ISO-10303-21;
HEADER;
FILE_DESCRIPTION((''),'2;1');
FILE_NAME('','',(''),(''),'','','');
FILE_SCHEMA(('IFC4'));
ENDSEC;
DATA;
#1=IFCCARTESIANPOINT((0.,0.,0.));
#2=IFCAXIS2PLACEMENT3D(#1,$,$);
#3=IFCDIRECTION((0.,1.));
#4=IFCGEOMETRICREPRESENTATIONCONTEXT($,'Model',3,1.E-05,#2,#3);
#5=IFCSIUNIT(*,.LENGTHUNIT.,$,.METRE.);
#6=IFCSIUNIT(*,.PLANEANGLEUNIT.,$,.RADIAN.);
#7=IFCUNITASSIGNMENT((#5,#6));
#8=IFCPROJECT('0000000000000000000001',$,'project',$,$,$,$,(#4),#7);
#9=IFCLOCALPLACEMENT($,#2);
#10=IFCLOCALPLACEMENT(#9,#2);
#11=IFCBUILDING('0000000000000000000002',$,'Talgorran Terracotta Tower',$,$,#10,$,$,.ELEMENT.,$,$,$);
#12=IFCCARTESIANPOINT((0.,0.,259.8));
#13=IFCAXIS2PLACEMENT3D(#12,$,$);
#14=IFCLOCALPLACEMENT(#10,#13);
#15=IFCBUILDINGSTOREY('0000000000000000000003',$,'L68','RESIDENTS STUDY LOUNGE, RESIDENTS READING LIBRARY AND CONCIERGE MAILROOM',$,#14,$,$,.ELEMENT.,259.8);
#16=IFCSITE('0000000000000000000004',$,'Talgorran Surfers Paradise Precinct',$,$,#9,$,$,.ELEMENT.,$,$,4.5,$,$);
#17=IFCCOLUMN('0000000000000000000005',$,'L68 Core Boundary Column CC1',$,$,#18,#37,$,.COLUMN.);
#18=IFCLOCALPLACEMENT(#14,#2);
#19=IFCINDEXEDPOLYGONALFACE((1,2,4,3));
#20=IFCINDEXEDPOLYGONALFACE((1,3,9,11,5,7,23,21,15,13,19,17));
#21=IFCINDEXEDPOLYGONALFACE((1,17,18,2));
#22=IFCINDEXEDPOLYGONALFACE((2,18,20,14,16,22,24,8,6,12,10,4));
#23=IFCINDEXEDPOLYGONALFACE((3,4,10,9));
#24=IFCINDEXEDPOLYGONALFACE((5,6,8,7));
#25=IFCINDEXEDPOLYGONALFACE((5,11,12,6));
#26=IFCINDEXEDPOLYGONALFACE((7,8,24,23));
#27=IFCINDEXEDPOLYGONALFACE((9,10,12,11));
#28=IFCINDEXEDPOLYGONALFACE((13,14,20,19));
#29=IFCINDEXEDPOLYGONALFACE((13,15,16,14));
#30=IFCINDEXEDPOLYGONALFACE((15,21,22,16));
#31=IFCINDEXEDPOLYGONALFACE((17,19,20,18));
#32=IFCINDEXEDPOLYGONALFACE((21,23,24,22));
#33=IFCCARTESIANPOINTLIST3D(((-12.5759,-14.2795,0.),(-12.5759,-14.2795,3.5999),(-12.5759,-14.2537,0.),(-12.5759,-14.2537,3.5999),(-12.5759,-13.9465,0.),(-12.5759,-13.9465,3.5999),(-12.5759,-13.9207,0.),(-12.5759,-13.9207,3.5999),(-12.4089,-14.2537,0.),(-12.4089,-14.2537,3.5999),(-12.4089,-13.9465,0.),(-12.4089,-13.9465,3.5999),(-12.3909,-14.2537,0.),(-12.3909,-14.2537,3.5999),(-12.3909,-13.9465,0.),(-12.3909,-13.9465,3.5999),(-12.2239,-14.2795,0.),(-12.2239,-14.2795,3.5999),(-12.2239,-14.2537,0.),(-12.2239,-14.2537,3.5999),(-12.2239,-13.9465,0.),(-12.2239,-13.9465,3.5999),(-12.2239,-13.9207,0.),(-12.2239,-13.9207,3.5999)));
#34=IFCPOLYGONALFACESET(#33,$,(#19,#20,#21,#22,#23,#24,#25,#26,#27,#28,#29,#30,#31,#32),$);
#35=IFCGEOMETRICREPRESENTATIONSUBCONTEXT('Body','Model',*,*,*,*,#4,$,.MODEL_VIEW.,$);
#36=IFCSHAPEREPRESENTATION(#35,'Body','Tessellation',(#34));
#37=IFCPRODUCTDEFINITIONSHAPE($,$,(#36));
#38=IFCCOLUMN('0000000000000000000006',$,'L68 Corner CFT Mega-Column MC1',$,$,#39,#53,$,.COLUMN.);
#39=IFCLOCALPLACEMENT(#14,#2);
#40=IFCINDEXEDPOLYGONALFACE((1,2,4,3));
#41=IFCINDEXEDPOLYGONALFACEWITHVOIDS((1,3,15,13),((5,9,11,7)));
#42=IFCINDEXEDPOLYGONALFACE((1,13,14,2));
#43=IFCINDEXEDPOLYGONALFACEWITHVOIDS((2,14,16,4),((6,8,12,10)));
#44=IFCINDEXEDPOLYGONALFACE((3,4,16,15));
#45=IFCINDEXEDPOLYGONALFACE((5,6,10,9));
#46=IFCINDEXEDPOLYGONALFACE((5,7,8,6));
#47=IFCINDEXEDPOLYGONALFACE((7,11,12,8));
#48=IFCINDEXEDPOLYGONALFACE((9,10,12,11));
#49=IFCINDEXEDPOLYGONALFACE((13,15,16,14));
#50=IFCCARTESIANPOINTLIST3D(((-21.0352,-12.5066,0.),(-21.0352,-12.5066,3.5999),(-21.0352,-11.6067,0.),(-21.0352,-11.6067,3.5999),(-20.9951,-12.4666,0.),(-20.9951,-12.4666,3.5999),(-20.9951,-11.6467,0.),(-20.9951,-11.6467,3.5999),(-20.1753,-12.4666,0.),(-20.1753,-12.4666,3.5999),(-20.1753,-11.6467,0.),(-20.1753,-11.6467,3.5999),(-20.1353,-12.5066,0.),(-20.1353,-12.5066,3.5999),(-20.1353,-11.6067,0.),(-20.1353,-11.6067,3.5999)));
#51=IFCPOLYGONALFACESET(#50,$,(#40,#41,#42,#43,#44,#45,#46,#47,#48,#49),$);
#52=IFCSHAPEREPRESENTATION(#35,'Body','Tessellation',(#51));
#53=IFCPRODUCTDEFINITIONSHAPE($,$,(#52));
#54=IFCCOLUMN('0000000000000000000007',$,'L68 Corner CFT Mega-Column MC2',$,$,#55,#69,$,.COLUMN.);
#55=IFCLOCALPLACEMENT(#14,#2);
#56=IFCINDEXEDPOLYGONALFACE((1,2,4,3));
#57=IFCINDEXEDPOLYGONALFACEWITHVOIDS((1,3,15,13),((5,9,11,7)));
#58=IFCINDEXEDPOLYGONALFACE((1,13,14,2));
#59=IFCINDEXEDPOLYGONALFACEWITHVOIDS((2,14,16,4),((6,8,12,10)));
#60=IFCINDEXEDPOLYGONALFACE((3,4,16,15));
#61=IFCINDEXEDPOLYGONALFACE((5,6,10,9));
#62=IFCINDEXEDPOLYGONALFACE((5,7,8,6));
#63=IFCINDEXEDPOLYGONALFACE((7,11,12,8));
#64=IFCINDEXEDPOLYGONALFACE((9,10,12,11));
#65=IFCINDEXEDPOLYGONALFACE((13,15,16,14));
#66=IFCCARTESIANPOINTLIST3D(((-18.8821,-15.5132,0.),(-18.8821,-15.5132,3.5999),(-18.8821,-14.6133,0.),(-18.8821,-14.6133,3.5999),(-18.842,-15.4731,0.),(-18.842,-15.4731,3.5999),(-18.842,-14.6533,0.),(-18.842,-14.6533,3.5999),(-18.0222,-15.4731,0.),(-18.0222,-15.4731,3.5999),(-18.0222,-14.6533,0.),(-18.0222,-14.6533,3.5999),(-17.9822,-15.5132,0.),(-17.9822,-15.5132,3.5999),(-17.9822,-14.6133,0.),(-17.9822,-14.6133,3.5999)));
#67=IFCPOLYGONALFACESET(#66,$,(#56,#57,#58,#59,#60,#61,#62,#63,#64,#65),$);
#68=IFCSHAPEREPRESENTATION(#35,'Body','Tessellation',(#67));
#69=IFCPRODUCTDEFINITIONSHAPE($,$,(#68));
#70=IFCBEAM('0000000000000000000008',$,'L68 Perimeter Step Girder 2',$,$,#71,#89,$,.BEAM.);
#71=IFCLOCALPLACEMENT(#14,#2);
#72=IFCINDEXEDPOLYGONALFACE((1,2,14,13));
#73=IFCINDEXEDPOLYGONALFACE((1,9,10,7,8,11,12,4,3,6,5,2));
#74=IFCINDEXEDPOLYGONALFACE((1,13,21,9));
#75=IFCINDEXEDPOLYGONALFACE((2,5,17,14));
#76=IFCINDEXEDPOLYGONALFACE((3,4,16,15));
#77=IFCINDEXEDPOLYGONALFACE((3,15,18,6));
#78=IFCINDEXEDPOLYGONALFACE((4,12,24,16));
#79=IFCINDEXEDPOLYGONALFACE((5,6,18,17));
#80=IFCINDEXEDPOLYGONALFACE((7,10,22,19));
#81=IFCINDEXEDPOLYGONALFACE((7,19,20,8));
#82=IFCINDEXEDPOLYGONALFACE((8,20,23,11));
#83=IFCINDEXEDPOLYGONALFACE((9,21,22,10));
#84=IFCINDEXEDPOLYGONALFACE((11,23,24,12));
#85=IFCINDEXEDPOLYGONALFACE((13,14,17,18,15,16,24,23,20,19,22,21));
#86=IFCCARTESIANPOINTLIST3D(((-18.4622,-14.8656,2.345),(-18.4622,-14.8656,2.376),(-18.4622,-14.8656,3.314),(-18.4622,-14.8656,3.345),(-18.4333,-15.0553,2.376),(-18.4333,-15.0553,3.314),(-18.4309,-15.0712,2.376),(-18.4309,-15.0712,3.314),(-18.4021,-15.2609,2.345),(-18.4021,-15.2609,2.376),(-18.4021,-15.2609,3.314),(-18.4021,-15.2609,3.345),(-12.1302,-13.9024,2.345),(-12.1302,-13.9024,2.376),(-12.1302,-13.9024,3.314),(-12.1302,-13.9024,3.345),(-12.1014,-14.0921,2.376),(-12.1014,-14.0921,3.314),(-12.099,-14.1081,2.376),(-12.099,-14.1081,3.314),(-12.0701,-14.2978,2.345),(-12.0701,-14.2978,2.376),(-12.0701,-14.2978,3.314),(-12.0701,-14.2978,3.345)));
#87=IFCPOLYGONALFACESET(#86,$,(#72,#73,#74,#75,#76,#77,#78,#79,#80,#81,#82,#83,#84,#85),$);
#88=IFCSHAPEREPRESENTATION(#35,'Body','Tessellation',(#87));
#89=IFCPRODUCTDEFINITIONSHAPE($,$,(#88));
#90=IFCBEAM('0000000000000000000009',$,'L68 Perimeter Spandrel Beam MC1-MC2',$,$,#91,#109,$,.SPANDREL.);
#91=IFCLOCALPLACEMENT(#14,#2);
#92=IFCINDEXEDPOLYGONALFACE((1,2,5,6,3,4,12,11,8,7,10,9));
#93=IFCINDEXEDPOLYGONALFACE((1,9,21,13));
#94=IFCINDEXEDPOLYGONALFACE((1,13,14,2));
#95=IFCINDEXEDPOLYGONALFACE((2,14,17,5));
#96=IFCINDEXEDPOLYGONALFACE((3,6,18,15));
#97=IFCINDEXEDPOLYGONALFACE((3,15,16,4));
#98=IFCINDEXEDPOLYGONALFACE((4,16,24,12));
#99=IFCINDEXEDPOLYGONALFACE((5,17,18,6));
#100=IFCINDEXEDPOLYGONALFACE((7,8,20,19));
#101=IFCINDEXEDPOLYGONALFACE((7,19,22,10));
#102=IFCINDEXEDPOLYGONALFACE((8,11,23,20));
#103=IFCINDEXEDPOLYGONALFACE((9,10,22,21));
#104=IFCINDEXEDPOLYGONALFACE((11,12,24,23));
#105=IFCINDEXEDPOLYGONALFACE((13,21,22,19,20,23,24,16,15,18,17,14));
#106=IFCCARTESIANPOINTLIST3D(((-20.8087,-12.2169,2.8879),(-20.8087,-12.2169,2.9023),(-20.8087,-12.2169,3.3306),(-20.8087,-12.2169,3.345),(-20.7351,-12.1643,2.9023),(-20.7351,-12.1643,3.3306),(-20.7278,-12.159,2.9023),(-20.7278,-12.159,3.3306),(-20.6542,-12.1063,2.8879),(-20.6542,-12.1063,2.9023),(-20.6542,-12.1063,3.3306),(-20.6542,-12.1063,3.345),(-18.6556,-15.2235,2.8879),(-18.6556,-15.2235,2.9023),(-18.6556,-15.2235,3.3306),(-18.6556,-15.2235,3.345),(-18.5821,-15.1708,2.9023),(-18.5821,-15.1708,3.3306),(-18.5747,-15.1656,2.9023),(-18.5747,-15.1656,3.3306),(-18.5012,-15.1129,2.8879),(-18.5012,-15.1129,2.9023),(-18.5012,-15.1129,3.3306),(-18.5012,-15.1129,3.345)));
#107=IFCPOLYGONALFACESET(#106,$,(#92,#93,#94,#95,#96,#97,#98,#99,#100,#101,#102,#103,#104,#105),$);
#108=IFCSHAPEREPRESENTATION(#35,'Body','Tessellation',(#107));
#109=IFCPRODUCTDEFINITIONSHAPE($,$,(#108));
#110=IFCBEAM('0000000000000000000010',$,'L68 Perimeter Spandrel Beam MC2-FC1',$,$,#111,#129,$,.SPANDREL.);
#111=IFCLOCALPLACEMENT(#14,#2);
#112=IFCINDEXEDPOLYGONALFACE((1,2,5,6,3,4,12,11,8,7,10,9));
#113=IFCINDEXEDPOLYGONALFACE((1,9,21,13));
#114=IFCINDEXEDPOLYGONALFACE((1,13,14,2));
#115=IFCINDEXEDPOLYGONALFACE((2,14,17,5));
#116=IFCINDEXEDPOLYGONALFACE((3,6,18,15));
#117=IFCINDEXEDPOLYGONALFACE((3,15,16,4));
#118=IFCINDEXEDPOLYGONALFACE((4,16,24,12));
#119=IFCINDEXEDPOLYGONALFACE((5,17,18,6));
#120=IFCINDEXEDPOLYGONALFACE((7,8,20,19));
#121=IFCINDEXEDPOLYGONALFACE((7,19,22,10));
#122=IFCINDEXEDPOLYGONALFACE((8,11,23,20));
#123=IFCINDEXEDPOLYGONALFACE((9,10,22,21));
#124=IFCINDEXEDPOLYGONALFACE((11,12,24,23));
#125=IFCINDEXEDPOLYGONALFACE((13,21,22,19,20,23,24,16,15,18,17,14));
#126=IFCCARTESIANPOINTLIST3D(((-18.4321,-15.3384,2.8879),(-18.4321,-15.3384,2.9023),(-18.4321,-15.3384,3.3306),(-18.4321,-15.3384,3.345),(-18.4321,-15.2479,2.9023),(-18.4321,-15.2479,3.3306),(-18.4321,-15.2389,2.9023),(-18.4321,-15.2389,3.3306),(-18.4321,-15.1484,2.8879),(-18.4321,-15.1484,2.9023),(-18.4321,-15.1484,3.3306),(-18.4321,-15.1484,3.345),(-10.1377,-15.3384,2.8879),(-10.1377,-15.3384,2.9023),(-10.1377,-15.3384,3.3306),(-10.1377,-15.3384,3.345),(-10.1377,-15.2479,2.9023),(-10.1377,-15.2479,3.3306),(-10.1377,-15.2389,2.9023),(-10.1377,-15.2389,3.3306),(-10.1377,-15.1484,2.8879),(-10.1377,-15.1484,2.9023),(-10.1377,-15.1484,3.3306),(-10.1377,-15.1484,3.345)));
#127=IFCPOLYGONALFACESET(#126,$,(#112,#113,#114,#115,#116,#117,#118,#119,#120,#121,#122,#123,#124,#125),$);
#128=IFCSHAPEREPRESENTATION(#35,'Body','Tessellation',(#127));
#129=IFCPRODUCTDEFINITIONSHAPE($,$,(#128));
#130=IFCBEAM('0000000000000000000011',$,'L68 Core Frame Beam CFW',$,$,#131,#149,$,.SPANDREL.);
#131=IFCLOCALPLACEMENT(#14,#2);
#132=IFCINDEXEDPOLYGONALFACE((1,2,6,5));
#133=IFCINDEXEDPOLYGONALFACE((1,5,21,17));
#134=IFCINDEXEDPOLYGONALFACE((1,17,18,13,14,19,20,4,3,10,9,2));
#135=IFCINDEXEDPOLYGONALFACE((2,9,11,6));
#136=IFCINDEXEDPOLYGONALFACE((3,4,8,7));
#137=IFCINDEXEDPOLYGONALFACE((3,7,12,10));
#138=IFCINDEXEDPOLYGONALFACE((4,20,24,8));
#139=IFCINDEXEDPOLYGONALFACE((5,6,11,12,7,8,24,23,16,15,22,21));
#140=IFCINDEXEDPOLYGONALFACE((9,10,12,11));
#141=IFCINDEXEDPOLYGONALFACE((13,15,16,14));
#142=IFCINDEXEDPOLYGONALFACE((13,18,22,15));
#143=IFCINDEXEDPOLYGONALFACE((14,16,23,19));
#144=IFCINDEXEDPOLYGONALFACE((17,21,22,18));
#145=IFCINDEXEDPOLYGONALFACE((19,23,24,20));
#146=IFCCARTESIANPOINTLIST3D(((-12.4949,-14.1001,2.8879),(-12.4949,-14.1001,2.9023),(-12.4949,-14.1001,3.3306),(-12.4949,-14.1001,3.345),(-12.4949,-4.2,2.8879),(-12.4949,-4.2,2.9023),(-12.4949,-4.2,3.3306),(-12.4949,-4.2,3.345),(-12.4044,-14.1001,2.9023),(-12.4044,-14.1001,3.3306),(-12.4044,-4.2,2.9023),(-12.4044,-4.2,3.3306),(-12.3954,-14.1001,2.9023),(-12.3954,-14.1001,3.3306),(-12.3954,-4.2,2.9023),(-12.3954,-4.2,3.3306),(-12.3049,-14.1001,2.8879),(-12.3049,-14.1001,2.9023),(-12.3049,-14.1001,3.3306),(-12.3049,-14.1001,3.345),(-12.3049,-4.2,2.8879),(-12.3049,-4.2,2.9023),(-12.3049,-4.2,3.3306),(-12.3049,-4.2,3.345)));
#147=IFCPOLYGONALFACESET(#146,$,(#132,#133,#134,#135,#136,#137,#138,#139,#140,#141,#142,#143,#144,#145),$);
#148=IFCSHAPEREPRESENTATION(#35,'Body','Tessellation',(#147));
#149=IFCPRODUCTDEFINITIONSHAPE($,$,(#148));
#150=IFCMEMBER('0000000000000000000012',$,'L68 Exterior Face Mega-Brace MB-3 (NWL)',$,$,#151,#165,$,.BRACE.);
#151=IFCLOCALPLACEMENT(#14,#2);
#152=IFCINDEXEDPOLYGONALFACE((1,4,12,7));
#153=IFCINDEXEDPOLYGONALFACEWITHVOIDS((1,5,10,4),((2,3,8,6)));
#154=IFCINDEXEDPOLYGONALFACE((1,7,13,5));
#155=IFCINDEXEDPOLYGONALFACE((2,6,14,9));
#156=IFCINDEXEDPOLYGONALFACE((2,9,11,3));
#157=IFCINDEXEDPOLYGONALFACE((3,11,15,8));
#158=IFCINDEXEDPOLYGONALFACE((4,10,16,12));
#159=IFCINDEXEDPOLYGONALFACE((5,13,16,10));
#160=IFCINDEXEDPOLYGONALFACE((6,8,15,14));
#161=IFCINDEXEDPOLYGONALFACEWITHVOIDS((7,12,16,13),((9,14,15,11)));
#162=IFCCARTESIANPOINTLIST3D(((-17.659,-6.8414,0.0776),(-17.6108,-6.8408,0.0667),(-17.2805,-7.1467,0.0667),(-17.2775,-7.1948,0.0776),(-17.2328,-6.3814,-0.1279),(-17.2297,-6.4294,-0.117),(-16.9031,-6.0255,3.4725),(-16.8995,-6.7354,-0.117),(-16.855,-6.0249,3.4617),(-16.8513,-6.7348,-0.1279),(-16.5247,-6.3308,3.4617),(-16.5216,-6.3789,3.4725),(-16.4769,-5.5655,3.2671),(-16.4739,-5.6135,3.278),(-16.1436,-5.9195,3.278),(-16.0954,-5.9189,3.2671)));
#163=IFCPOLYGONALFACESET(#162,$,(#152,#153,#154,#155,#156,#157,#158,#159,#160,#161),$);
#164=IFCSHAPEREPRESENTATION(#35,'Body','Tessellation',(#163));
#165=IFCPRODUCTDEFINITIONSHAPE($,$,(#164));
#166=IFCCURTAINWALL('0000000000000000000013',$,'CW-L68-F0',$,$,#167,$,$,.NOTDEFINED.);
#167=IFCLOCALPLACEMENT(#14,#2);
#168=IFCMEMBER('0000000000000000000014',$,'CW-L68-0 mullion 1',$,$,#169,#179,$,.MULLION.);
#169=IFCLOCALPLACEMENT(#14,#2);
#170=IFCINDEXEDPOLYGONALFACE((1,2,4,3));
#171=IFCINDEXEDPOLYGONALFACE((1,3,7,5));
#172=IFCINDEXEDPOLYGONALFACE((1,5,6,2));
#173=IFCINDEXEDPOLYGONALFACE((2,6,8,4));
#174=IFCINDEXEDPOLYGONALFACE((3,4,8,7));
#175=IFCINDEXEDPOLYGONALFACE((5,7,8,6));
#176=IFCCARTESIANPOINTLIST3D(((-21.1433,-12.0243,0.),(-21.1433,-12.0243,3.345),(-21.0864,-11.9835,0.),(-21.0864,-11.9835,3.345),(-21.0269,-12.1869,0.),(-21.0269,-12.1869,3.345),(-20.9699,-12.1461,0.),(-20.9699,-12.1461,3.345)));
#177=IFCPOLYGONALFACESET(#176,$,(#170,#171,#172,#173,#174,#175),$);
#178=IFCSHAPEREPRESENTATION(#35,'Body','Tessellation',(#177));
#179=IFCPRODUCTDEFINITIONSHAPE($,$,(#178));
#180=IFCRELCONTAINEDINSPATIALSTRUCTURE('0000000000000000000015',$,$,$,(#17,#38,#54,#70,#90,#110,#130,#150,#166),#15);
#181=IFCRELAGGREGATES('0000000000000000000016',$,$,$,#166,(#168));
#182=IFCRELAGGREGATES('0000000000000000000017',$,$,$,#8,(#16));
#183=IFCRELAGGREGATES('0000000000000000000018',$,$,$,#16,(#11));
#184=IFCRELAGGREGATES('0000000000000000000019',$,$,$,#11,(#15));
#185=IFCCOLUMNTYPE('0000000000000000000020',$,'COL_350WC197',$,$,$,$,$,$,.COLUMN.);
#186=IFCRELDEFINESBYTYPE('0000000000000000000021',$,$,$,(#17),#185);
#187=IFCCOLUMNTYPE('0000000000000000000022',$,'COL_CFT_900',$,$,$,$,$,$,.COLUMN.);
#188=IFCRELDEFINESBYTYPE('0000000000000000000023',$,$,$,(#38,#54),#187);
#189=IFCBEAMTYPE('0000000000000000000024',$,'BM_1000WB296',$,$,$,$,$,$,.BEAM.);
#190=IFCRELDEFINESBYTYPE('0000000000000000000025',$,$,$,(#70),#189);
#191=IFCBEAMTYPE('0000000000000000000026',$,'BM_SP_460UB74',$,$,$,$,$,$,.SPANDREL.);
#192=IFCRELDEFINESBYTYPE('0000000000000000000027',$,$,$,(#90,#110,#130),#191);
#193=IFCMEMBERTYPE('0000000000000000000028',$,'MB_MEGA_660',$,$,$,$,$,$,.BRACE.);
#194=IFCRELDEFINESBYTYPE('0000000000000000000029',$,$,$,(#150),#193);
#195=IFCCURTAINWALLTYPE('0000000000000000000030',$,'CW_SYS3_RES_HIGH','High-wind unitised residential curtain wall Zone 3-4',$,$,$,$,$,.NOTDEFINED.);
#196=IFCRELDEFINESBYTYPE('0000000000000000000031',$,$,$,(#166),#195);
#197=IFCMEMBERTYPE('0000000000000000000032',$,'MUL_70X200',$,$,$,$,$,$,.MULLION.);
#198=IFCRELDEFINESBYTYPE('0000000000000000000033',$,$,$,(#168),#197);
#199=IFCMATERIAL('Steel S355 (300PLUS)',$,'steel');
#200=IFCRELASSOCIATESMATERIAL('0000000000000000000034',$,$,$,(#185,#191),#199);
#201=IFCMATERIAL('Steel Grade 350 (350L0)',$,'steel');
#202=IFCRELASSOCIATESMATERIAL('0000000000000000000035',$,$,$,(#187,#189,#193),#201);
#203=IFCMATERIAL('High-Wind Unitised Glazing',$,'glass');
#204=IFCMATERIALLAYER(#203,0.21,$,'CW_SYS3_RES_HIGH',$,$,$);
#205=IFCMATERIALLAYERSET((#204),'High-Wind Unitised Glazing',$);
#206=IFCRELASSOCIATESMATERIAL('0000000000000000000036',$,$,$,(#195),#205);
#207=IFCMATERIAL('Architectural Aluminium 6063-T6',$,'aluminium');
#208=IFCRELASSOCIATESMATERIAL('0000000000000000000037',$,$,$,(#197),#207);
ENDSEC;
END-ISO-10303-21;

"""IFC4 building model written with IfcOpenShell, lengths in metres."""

from ifc_helpers import new_model, si_unit, direction, frame, origin, origin_2d, place, context, subcontext, project, spatial, rectangle, hollow_rectangle, i_section, extrude, material, layer, layer_set, material_profile, profile_set, type_object, element, aggregate, save


model = new_model("IFC4")

# Units and contexts
model_context = context("Model", 3, precision=1e-05, world=origin(), true_north=direction((0.0, 1.0)))
body_context = subcontext(model_context, "Body", "Model", "MODEL_VIEW")
ifc_project = project(units=[si_unit("LENGTHUNIT", "METRE"), si_unit("PLANEANGLEUNIT", "RADIAN")], contexts=[model_context])

# Site, building, storey
site_placement = place(None, origin())
site = spatial("IfcSite", under=ifc_project, at=site_placement, Name="Talgorran Surfers Paradise Precinct", CompositionType="ELEMENT", RefElevation=4.5)
building_placement = place(site_placement, origin())
building = spatial("IfcBuilding", under=site, at=building_placement, Name="Talgorran Terracotta Tower", CompositionType="ELEMENT")
storey_placement = place(building_placement, frame((0.0, 0.0, 259.8)))
storey = spatial("IfcBuildingStorey", under=building, at=storey_placement, Name="L68", Description="RESIDENTS STUDY LOUNGE, RESIDENTS READING LIBRARY AND CONCIERGE MAILROOM", CompositionType="ELEMENT", Elevation=259.8)

# Columns
ifc_material_1 = material(Name="Steel S355 (300PLUS)", Category="steel")
ifc_material_profile_1 = material_profile(ifc_material_1, i_section(OverallWidth=0.3521, OverallDepth=0.3589, WebThickness=0.0181, FlangeThickness=0.0259, at=origin_2d()), Name="350WC197")
ifc_profile_set_1 = profile_set([ifc_material_profile_1], Name="Steel S355 (300PLUS)")
column_type_1 = type_object("IfcColumnType", Name="COL_350WC197", PredefinedType="COLUMN", material=ifc_profile_set_1)
column_placement = place(storey_placement, frame((-12.3999, -14.1001, 0.0), z_axis=(0.0, 0.0, 1.0), x_axis=(1.0, 0.0, 0.0)))
element("IfcColumn", 1, at=column_placement, inside=storey, type_object=column_type_1, Name="L68 Core Boundary Column CC1", PredefinedType="COLUMN", context=body_context, shape_type="SweptSolid", body=[
    extrude(i_section(OverallWidth=0.3521, OverallDepth=0.3589, WebThickness=0.0181, FlangeThickness=0.0259, at=origin_2d()), origin(), (0.0, 0.0, 1.0), 3.5999),
])
ifc_material_2 = material(Name="Steel Grade 350 (350L0)", Category="steel")
ifc_material_profile_2 = material_profile(ifc_material_2, hollow_rectangle(XDim=0.8999, YDim=0.8999, WallThickness=0.04, at=origin_2d()), Name="CFT900X900X40")
ifc_profile_set_2 = profile_set([ifc_material_profile_2], Name="Steel Grade 350 (350L0)")
column_type_2 = type_object("IfcColumnType", Name="COL_CFT_900", PredefinedType="COLUMN", material=ifc_profile_set_2)
for number, where, z_axis, x_axis, name in (
    (2, (-20.5852, -12.0566, 0.0), (0.0, 0.0, 1.0), (1.0, 0.0, 0.0), "L68 Corner CFT Mega-Column MC1"),
    (3, (-18.4321, -15.0632, 0.0), (0.0, 0.0, 1.0), (1.0, 0.0, 0.0), "L68 Corner CFT Mega-Column MC2"),
):
    element("IfcColumn", number, at=place(storey_placement, frame(where, z_axis=z_axis, x_axis=x_axis)), inside=storey, type_object=column_type_2, Name=name, PredefinedType="COLUMN", context=body_context, shape_type="SweptSolid", body=[
        extrude(hollow_rectangle(XDim=0.8999, YDim=0.8999, WallThickness=0.04, at=origin_2d()), origin(), (0.0, 0.0, 1.0), 3.5999),
    ])

# Beams
ifc_material_profile_3 = material_profile(ifc_material_2, i_section(OverallWidth=0.3999, OverallDepth=1.0, WebThickness=0.0161, FlangeThickness=0.031, at=origin_2d()), Name="1000WB296")
ifc_profile_set_3 = profile_set([ifc_material_profile_3], Name="Steel Grade 350 (350L0)")
beam_type_1 = type_object("IfcBeamType", Name="BM_1000WB296", PredefinedType="BEAM", material=ifc_profile_set_3)
beam_1_placement = place(storey_placement, frame((-18.4321, -15.0632, 2.845), z_axis=(0.988629, 0.150376, 0.0), x_axis=(-0.150376, 0.988629, 0.0)))
element("IfcBeam", 4, at=beam_1_placement, inside=storey, type_object=beam_type_1, Name="L68 Perimeter Step Girder 2", PredefinedType="BEAM", context=body_context, shape_type="SweptSolid", body=[
    extrude(i_section(OverallWidth=0.3999, OverallDepth=1.0, WebThickness=0.0161, FlangeThickness=0.031, at=origin_2d()), origin(), (0.0, 0.0, 1.0), 6.4048),
])
ifc_material_profile_4 = material_profile(ifc_material_1, i_section(OverallWidth=0.1899, OverallDepth=0.457, WebThickness=0.009, FlangeThickness=0.0144, at=origin_2d()), Name="460UB74.6")
ifc_profile_set_4 = profile_set([ifc_material_profile_4], Name="Steel S355 (300PLUS)")
beam_type_2 = type_object("IfcBeamType", Name="BM_SP_460UB74", PredefinedType="SPANDREL", material=ifc_profile_set_4)
beam_2_placement = place(storey_placement, frame((-20.7314, -12.1616, 3.1165), z_axis=(0.582224, -0.813028, 0.0), x_axis=(0.813028, 0.582224, 0.0)))
element("IfcBeam", 5, at=beam_2_placement, inside=storey, type_object=beam_type_2, Name="L68 Perimeter Spandrel Beam MC1-MC2", PredefinedType="SPANDREL", context=body_context, shape_type="SweptSolid", body=[
    extrude(i_section(OverallWidth=0.1899, OverallDepth=0.457, WebThickness=0.009, FlangeThickness=0.0144, at=origin_2d()), origin(), (0.0, 0.0, 1.0), 3.698),
])
beam_3_placement = place(storey_placement, frame((-18.4321, -15.2434, 3.1165), z_axis=(1.0, 0.0, 0.0), x_axis=(0.0, 1.0, 0.0)))
element("IfcBeam", 6, at=beam_3_placement, inside=storey, type_object=beam_type_2, Name="L68 Perimeter Spandrel Beam MC2-FC1", PredefinedType="SPANDREL", context=body_context, shape_type="SweptSolid", body=[
    extrude(i_section(OverallWidth=0.1899, OverallDepth=0.457, WebThickness=0.009, FlangeThickness=0.0144, at=origin_2d()), origin(), (0.0, 0.0, 1.0), 8.2944),
])
beam_4_placement = place(storey_placement, frame((-12.3999, -14.1001, 3.1165), z_axis=(0.0, 1.0, 0.0), x_axis=(-1.0, 0.0, 0.0)))
element("IfcBeam", 7, at=beam_4_placement, inside=storey, type_object=beam_type_2, Name="L68 Core Frame Beam CFW", PredefinedType="SPANDREL", context=body_context, shape_type="SweptSolid", body=[
    extrude(i_section(OverallWidth=0.1899, OverallDepth=0.457, WebThickness=0.009, FlangeThickness=0.0144, at=origin_2d()), origin(), (0.0, 0.0, 1.0), 9.9001),
])

# Member
ifc_material_profile_5 = material_profile(ifc_material_2, hollow_rectangle(XDim=0.52, YDim=0.6599, WallThickness=0.0349, at=origin_2d()), Name="WBOX660X520X35")
ifc_profile_set_5 = profile_set([ifc_material_profile_5], Name="Steel Grade 350 (350L0)")
member_type_1 = type_object("IfcMemberType", Name="MB_MEGA_660", PredefinedType="BRACE", material=ifc_profile_set_5)
member_1_placement = place(storey_placement, frame((-17.2551, -6.7881, -0.0251), z_axis=(0.211573, 0.228385, 0.950304), x_axis=(-0.73359, 0.679592, 0.0)))
element("IfcMember", 8, at=member_1_placement, inside=storey, type_object=member_type_1, Name="L68 Exterior Face Mega-Brace MB-3 (NWL)", PredefinedType="BRACE", context=body_context, shape_type="SweptSolid", body=[
    extrude(hollow_rectangle(XDim=0.52, YDim=0.6599, WallThickness=0.0349, at=origin_2d()), origin(), (0.0, 0.0, 1.0), 3.5725),
])

# Curtain wall, member
ifc_material_3 = material(Name="High-Wind Unitised Glazing", Category="glass")
ifc_layer_1 = layer(ifc_material_3, 0.21, Name="CW_SYS3_RES_HIGH")
ifc_layer_set_1 = layer_set([ifc_layer_1], Name="High-Wind Unitised Glazing")
curtain_wall_type = type_object("IfcCurtainWallType", Name="CW_SYS3_RES_HIGH", Description="High-wind unitised residential curtain wall Zone 3-4", PredefinedType="NOTDEFINED", material=ifc_layer_set_1)
curtain_wall_1_placement = place(storey_placement, origin())
curtain_wall_1 = element("IfcCurtainWall", 9, at=curtain_wall_1_placement, inside=storey, type_object=curtain_wall_type, Name="CW-L68-F0", PredefinedType="NOTDEFINED")
ifc_material_4 = material(Name="Architectural Aluminium 6063-T6", Category="aluminium")
ifc_material_profile_6 = material_profile(ifc_material_4, rectangle(XDim=0.0701, YDim=0.2, at=origin_2d()), Name="CWM70X200")
ifc_profile_set_6 = profile_set([ifc_material_profile_6], Name="Architectural Aluminium 6063-T6")
member_type_2 = type_object("IfcMemberType", Name="MUL_70X200", PredefinedType="MULLION", material=ifc_profile_set_6)
member_2_placement = place(storey_placement, frame((-21.0566, -12.0852, 0.0), z_axis=(0.0, 0.0, 1.0), x_axis=(0.813031, 0.58222, 0.0)))
member_2 = element("IfcMember", 10, at=member_2_placement, type_object=member_type_2, Name="CW-L68-0 mullion 1", PredefinedType="MULLION", context=body_context, shape_type="SweptSolid", body=[
    extrude(rectangle(XDim=0.0701, YDim=0.2, at=origin_2d()), origin(), (0.0, 0.0, 1.0), 3.345),
])

aggregate(curtain_wall_1, [member_2])

save(model, "model.ifc")
